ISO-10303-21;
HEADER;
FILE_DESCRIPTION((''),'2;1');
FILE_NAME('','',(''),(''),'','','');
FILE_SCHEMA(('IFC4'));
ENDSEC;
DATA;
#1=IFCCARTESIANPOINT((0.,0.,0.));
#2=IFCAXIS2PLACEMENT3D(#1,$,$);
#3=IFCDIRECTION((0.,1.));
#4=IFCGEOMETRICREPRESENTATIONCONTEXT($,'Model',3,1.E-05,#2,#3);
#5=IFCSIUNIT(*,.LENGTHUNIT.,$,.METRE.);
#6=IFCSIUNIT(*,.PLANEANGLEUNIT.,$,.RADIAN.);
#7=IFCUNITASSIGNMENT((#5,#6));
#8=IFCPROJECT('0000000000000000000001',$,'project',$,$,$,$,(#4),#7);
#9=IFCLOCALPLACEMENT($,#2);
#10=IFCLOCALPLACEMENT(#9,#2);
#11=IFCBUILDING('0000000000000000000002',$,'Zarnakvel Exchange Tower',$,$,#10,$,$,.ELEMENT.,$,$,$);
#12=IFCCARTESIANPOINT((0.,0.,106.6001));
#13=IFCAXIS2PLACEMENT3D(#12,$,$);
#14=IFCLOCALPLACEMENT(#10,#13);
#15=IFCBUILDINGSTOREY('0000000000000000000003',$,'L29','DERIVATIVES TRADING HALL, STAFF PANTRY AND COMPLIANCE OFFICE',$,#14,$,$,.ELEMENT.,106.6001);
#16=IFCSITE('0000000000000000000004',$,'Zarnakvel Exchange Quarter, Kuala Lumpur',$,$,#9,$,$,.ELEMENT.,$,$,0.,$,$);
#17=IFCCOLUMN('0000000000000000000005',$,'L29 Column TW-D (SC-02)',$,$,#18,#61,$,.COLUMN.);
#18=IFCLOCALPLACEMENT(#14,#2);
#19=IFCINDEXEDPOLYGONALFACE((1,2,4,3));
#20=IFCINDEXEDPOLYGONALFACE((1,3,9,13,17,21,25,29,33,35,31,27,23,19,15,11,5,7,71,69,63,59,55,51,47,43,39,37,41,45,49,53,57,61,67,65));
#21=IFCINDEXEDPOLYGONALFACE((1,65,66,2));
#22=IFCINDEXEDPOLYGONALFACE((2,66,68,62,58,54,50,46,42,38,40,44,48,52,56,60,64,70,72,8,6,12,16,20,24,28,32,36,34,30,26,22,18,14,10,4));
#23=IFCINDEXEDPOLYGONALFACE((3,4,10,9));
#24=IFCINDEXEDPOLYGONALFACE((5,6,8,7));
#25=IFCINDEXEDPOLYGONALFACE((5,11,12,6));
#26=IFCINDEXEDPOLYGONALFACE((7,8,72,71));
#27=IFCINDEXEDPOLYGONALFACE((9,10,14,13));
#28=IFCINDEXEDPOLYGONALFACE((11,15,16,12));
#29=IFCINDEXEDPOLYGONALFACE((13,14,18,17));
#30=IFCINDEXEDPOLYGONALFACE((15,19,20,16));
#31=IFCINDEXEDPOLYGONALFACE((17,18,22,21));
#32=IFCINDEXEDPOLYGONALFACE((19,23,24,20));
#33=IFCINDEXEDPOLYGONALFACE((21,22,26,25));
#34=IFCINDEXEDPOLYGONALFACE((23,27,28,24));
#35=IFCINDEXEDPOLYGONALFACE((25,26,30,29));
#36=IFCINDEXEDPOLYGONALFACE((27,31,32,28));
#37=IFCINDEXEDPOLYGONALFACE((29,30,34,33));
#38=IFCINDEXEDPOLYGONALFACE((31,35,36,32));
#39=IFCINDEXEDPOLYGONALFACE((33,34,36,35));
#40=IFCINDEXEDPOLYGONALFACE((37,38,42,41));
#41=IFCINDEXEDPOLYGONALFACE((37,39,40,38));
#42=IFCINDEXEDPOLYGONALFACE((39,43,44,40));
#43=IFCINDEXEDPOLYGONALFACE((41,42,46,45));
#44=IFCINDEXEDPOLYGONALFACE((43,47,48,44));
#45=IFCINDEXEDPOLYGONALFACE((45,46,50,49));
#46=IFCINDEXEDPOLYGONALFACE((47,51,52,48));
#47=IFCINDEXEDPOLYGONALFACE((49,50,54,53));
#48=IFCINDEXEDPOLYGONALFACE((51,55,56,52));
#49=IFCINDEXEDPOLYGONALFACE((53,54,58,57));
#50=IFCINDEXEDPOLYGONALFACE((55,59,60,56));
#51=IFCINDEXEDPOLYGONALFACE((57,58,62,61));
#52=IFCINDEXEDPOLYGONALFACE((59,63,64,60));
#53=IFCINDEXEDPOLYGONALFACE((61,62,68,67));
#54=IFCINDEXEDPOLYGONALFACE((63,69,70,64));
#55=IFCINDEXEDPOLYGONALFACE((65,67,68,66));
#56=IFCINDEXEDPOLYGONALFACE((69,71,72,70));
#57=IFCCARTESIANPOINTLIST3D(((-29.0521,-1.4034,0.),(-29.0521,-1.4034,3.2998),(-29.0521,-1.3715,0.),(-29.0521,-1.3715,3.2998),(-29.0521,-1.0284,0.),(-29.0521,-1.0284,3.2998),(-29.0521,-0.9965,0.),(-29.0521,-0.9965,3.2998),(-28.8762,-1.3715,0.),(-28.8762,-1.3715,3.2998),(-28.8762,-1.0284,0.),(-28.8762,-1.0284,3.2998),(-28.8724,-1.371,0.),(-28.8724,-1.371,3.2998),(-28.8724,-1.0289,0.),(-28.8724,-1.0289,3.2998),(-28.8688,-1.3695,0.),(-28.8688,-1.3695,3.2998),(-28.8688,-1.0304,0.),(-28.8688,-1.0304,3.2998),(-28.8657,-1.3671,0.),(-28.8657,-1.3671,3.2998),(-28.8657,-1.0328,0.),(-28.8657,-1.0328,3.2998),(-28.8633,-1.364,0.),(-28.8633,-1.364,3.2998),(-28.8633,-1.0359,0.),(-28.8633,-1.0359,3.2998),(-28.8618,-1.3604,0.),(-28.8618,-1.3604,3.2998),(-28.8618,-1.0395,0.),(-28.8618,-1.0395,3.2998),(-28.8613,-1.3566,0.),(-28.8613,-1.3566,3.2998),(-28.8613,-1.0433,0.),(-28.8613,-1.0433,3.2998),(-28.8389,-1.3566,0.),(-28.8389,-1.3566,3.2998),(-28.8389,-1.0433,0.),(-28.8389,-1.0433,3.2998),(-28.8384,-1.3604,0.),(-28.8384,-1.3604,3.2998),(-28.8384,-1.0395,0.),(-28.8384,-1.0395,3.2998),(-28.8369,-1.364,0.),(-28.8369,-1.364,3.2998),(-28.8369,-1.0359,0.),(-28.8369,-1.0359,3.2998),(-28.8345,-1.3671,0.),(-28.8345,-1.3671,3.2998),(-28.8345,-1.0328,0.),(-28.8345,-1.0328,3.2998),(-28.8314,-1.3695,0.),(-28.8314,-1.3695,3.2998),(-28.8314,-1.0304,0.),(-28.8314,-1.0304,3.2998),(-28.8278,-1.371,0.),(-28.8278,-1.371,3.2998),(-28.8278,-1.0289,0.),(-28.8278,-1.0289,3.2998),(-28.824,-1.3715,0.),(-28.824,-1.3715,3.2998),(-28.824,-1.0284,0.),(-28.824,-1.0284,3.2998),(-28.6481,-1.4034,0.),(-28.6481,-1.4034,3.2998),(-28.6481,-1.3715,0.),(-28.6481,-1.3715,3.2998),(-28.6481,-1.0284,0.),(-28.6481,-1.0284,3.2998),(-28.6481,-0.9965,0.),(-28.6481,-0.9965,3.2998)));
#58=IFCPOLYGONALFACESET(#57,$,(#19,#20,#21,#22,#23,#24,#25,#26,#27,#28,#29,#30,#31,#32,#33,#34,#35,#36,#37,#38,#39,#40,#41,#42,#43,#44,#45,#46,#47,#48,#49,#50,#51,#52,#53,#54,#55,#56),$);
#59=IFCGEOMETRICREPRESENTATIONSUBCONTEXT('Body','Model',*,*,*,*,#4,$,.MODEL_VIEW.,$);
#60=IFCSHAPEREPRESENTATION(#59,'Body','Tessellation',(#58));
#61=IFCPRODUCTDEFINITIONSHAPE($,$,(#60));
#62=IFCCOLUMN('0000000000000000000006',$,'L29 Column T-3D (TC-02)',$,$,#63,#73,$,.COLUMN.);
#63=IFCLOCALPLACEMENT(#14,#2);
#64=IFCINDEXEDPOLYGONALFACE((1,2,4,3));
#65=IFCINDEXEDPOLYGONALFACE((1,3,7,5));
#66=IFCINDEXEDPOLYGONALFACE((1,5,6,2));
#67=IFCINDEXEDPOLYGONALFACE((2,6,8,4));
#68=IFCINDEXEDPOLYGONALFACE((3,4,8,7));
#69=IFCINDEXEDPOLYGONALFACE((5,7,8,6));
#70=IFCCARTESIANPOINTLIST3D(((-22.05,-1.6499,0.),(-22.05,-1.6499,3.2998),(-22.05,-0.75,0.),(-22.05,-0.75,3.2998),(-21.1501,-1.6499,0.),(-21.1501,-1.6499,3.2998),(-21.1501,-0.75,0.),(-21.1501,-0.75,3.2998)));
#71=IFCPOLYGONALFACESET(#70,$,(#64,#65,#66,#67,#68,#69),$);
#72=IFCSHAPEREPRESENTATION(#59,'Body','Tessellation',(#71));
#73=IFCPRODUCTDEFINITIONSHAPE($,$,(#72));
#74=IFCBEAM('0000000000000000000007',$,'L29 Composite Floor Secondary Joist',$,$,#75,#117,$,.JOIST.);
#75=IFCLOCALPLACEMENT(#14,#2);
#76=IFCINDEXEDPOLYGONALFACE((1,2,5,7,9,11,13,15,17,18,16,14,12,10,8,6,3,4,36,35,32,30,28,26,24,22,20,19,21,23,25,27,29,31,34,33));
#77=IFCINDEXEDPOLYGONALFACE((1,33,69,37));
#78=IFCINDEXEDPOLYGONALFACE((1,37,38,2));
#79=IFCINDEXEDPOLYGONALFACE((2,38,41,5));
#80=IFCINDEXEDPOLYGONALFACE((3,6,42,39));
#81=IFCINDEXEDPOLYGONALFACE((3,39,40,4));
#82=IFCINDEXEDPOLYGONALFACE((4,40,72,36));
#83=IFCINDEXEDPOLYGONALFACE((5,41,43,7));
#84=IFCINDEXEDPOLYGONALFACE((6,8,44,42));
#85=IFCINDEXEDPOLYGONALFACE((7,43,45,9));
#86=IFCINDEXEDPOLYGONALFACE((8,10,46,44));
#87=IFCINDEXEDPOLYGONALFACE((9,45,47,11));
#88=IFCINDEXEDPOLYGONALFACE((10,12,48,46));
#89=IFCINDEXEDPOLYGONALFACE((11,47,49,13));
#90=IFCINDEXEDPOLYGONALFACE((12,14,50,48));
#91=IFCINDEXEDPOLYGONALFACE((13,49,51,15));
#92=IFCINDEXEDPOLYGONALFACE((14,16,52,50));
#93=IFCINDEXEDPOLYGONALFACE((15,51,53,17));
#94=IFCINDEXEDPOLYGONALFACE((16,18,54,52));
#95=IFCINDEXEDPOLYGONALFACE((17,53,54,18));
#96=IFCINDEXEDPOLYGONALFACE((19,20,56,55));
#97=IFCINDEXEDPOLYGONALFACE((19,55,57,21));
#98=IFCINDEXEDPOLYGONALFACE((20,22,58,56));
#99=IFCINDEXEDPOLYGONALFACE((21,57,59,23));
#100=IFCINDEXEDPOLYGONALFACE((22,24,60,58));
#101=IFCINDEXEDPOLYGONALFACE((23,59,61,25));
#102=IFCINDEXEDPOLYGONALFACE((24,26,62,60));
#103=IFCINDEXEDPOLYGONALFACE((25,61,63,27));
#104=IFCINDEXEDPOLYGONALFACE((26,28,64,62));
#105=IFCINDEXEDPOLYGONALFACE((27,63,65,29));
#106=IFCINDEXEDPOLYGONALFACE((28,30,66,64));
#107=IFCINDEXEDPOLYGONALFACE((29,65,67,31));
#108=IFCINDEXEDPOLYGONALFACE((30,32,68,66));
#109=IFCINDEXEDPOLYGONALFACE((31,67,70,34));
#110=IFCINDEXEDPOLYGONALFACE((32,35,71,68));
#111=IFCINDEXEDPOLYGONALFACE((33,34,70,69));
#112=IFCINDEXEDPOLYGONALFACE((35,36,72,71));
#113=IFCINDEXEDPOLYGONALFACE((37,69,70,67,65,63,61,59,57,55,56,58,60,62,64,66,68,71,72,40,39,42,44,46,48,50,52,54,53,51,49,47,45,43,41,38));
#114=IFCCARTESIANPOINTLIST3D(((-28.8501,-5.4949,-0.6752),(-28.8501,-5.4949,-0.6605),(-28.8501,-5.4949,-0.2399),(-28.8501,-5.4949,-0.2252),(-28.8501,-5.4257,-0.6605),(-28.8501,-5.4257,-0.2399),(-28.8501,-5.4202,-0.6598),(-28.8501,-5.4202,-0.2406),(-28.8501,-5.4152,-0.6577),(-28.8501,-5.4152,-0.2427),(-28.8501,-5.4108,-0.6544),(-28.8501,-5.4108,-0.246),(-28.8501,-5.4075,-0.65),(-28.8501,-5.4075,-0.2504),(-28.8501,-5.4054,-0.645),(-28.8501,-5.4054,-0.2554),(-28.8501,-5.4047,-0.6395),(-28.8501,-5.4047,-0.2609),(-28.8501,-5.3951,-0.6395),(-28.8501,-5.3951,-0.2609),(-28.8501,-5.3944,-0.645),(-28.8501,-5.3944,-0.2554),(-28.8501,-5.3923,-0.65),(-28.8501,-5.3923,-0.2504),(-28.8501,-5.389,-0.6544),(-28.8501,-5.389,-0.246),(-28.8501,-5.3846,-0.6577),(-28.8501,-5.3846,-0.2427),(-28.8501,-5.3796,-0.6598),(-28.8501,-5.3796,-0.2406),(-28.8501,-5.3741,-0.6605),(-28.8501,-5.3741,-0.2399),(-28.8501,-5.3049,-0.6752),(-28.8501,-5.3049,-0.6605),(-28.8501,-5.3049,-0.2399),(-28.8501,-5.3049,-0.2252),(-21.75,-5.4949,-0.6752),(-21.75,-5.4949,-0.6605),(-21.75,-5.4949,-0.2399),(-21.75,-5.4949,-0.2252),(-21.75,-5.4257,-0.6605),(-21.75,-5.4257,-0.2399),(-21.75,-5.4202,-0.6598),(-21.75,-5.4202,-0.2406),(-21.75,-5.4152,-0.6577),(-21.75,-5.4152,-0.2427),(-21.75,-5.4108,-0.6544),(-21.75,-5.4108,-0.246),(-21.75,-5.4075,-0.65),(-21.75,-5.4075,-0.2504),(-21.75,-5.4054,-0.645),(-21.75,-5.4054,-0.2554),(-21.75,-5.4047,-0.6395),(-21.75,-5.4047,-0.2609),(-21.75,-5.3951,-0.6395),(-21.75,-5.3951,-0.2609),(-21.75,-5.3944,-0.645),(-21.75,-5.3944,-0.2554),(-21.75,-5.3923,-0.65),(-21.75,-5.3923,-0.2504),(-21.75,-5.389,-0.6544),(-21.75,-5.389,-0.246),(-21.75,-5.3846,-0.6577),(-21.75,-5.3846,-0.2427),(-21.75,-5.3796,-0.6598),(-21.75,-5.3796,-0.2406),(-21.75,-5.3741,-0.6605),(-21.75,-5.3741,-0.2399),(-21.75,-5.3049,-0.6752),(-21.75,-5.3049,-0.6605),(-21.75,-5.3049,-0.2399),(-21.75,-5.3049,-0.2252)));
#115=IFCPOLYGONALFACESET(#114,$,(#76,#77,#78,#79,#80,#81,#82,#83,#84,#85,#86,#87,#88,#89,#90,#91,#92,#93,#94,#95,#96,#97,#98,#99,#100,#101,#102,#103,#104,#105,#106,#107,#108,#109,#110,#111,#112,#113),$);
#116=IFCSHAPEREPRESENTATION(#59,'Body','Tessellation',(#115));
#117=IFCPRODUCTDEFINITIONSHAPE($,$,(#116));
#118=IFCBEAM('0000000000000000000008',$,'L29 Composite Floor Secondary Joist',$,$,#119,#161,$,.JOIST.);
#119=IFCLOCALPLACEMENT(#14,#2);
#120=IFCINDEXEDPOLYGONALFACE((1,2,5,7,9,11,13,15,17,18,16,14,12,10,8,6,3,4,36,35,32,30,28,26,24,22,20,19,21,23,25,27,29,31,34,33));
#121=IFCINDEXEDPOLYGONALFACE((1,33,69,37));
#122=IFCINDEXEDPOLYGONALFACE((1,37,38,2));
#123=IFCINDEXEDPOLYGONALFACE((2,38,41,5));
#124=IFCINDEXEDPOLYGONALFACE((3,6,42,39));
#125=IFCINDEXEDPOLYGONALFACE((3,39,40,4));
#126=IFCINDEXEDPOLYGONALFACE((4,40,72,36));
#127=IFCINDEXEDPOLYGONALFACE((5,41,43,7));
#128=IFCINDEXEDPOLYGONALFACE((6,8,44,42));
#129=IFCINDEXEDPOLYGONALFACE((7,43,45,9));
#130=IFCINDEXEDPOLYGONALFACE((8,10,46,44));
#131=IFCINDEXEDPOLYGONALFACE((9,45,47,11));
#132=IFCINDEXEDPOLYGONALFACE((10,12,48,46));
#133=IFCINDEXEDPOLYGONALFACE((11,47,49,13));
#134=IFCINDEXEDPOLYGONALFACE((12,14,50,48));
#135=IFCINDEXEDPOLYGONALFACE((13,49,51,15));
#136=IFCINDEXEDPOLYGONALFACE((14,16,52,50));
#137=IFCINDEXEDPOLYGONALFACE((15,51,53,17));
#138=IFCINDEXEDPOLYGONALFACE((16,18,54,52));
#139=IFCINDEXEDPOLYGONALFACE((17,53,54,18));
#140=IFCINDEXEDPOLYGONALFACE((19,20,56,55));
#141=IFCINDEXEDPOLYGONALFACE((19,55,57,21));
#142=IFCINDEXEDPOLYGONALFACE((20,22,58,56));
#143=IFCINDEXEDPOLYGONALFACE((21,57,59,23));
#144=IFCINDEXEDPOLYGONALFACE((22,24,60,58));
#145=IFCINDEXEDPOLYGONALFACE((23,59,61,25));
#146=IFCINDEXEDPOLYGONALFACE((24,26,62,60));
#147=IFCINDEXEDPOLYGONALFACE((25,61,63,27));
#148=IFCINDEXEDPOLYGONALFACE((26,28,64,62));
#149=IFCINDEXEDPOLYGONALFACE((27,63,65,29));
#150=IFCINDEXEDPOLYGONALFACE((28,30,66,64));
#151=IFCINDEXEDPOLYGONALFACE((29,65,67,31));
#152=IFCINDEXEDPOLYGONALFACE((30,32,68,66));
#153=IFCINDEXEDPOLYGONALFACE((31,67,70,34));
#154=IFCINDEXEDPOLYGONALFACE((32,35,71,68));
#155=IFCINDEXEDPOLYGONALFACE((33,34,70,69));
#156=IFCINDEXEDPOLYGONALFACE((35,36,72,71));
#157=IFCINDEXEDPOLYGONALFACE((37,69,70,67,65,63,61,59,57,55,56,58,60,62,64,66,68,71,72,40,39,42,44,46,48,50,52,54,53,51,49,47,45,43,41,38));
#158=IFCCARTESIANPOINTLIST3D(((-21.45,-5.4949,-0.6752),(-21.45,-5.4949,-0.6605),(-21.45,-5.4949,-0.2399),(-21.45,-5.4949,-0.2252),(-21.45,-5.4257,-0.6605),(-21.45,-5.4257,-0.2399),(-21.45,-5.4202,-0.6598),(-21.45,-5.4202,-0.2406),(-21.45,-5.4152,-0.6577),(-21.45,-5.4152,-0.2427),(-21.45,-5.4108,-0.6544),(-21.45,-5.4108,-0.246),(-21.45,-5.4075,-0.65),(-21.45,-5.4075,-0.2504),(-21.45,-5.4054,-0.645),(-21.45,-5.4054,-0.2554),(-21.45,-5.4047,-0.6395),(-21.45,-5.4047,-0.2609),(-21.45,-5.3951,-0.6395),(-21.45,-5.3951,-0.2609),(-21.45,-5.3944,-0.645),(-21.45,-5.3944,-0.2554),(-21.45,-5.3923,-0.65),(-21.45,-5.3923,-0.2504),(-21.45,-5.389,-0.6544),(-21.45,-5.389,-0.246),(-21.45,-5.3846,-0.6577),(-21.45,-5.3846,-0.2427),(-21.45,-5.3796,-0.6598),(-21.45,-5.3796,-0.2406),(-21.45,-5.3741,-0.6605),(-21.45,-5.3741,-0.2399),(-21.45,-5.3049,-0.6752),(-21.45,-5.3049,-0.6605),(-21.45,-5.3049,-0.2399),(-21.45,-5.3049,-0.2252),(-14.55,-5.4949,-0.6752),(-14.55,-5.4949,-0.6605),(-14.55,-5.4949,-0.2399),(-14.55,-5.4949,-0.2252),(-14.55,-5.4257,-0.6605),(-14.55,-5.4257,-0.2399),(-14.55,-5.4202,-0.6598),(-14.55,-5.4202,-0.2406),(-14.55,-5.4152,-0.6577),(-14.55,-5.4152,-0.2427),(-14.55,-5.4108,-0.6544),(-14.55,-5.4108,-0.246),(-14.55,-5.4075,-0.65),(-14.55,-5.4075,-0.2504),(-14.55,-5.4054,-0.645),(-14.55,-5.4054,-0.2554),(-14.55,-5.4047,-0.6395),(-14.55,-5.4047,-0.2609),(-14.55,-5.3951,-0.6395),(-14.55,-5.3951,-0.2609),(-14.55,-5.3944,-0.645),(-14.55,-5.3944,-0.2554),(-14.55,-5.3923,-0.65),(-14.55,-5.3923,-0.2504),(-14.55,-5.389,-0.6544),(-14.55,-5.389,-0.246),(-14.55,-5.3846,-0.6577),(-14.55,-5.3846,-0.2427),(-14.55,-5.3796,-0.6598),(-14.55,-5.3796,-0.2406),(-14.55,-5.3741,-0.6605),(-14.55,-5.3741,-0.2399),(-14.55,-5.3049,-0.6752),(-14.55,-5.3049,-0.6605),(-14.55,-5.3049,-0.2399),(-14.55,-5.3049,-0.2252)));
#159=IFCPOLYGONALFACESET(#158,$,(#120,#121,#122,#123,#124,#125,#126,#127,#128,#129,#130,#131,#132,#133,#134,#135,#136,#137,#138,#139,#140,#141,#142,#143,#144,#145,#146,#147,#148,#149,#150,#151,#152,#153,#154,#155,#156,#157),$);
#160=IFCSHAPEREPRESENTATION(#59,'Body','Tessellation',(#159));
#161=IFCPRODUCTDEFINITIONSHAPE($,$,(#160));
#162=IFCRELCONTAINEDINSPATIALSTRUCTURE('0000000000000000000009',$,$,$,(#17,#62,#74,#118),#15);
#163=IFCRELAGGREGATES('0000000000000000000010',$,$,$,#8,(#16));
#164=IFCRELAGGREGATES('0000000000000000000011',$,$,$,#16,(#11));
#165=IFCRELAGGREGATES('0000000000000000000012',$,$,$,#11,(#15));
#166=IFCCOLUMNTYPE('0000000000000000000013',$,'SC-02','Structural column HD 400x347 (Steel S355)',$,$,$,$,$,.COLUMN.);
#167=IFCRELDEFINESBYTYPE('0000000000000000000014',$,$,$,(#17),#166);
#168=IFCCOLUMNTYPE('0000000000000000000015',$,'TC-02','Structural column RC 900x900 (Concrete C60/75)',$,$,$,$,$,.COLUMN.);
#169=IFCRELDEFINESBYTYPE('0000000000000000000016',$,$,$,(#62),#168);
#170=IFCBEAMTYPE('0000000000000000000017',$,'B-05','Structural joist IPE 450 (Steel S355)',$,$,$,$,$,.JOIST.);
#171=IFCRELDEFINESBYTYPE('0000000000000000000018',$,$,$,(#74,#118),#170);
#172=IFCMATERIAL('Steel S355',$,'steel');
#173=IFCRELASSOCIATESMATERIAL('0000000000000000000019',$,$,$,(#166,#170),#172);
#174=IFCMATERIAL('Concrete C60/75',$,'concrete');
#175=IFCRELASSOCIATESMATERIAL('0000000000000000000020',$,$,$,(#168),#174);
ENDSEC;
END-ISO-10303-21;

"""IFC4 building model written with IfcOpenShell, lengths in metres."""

from ifc_helpers import new_model, si_unit, direction, frame, origin, origin_2d, place, context, subcontext, project, spatial, rectangle, i_section, extrude, material, material_profile, profile_set, type_object, element, save


model = new_model("IFC4")

# Units and contexts
model_context = context("Model", 3, precision=1e-05, world=origin(), true_north=direction((0.0, 1.0)))
body_context = subcontext(model_context, "Body", "Model", "MODEL_VIEW")
ifc_project = project(units=[si_unit("LENGTHUNIT", "METRE"), si_unit("PLANEANGLEUNIT", "RADIAN")], contexts=[model_context])

# Site, building, storey
site_placement = place(None, origin())
site = spatial("IfcSite", under=ifc_project, at=site_placement, Name="Zarnakvel Exchange Quarter, Kuala Lumpur", CompositionType="ELEMENT", RefElevation=0.0)
building_placement = place(site_placement, origin())
building = spatial("IfcBuilding", under=site, at=building_placement, Name="Zarnakvel Exchange Tower", CompositionType="ELEMENT")
storey_placement = place(building_placement, frame((0.0, 0.0, 106.6001)))
storey = spatial("IfcBuildingStorey", under=building, at=storey_placement, Name="L29", Description="DERIVATIVES TRADING HALL, STAFF PANTRY AND COMPLIANCE OFFICE", CompositionType="ELEMENT", Elevation=106.6001)

# Columns
ifc_material_1 = material(Name="Steel S355", Category="steel")
ifc_material_profile_1 = material_profile(ifc_material_1, i_section(OverallWidth=0.4041, OverallDepth=0.407, WebThickness=0.0225, FlangeThickness=0.032, FilletRadius=0.0149, at=origin_2d()))
ifc_profile_set_1 = profile_set([ifc_material_profile_1], Name="Steel S355")
column_type_1 = type_object("IfcColumnType", Name="SC-02", Description="Structural column HD 400x347 (Steel S355)", PredefinedType="COLUMN", material=ifc_profile_set_1)
column_1_placement = place(storey_placement, frame((-28.8501, -1.2, 0.0), z_axis=(0.0, 0.0, 1.0), x_axis=(1.0, 0.0, 0.0)))
element("IfcColumn", 1, at=column_1_placement, inside=storey, type_object=column_type_1, Name="L29 Column TW-D (SC-02)", PredefinedType="COLUMN", context=body_context, shape_type="SweptSolid", body=[
    extrude(i_section(OverallWidth=0.4041, OverallDepth=0.407, WebThickness=0.0225, FlangeThickness=0.032, FilletRadius=0.0149, at=origin_2d()), origin(), (0.0, 0.0, 1.0), 3.2998),
])
ifc_material_2 = material(Name="Concrete C60/75", Category="concrete")
ifc_material_profile_2 = material_profile(ifc_material_2, rectangle(XDim=0.8999, YDim=0.8999, at=origin_2d()))
ifc_profile_set_2 = profile_set([ifc_material_profile_2], Name="Concrete C60/75")
column_type_2 = type_object("IfcColumnType", Name="TC-02", Description="Structural column RC 900x900 (Concrete C60/75)", PredefinedType="COLUMN", material=ifc_profile_set_2)
column_2_placement = place(storey_placement, frame((-21.6001, -1.2, 0.0), z_axis=(0.0, 0.0, 1.0), x_axis=(1.0, 0.0, 0.0)))
element("IfcColumn", 2, at=column_2_placement, inside=storey, type_object=column_type_2, Name="L29 Column T-3D (TC-02)", PredefinedType="COLUMN", context=body_context, shape_type="SweptSolid", body=[
    extrude(rectangle(XDim=0.8999, YDim=0.8999, at=origin_2d()), origin(), (0.0, 0.0, 1.0), 3.2998),
])

# Beams
ifc_material_profile_3 = material_profile(ifc_material_1, i_section(OverallWidth=0.1899, OverallDepth=0.45, WebThickness=0.0095, FlangeThickness=0.0146, FilletRadius=0.021, at=origin_2d()))
ifc_profile_set_3 = profile_set([ifc_material_profile_3], Name="Steel S355")
beam_type_1 = type_object("IfcBeamType", Name="B-05", Description="Structural joist IPE 450 (Steel S355)", PredefinedType="JOIST", material=ifc_profile_set_3)
beam_1_placement = place(storey_placement, frame((-28.8501, -5.3999, -0.4502), z_axis=(1.0, 0.0, 0.0), x_axis=(0.0, 1.0, 0.0)))
element("IfcBeam", 3, at=beam_1_placement, inside=storey, type_object=beam_type_1, Name="L29 Composite Floor Secondary Joist", PredefinedType="JOIST", context=body_context, shape_type="SweptSolid", body=[
    extrude(i_section(OverallWidth=0.1899, OverallDepth=0.45, WebThickness=0.0095, FlangeThickness=0.0146, FilletRadius=0.021, at=origin_2d()), origin(), (0.0, 0.0, 1.0), 7.1001),
])
beam_2_placement = place(storey_placement, frame((-21.45, -5.3999, -0.4502), z_axis=(1.0, 0.0, 0.0), x_axis=(0.0, 1.0, 0.0)))
element("IfcBeam", 4, at=beam_2_placement, inside=storey, type_object=beam_type_1, Name="L29 Composite Floor Secondary Joist", PredefinedType="JOIST", context=body_context, shape_type="SweptSolid", body=[
    extrude(i_section(OverallWidth=0.1899, OverallDepth=0.45, WebThickness=0.0095, FlangeThickness=0.0146, FilletRadius=0.021, at=origin_2d()), origin(), (0.0, 0.0, 1.0), 6.8999),
])

save(model, "model.ifc")
